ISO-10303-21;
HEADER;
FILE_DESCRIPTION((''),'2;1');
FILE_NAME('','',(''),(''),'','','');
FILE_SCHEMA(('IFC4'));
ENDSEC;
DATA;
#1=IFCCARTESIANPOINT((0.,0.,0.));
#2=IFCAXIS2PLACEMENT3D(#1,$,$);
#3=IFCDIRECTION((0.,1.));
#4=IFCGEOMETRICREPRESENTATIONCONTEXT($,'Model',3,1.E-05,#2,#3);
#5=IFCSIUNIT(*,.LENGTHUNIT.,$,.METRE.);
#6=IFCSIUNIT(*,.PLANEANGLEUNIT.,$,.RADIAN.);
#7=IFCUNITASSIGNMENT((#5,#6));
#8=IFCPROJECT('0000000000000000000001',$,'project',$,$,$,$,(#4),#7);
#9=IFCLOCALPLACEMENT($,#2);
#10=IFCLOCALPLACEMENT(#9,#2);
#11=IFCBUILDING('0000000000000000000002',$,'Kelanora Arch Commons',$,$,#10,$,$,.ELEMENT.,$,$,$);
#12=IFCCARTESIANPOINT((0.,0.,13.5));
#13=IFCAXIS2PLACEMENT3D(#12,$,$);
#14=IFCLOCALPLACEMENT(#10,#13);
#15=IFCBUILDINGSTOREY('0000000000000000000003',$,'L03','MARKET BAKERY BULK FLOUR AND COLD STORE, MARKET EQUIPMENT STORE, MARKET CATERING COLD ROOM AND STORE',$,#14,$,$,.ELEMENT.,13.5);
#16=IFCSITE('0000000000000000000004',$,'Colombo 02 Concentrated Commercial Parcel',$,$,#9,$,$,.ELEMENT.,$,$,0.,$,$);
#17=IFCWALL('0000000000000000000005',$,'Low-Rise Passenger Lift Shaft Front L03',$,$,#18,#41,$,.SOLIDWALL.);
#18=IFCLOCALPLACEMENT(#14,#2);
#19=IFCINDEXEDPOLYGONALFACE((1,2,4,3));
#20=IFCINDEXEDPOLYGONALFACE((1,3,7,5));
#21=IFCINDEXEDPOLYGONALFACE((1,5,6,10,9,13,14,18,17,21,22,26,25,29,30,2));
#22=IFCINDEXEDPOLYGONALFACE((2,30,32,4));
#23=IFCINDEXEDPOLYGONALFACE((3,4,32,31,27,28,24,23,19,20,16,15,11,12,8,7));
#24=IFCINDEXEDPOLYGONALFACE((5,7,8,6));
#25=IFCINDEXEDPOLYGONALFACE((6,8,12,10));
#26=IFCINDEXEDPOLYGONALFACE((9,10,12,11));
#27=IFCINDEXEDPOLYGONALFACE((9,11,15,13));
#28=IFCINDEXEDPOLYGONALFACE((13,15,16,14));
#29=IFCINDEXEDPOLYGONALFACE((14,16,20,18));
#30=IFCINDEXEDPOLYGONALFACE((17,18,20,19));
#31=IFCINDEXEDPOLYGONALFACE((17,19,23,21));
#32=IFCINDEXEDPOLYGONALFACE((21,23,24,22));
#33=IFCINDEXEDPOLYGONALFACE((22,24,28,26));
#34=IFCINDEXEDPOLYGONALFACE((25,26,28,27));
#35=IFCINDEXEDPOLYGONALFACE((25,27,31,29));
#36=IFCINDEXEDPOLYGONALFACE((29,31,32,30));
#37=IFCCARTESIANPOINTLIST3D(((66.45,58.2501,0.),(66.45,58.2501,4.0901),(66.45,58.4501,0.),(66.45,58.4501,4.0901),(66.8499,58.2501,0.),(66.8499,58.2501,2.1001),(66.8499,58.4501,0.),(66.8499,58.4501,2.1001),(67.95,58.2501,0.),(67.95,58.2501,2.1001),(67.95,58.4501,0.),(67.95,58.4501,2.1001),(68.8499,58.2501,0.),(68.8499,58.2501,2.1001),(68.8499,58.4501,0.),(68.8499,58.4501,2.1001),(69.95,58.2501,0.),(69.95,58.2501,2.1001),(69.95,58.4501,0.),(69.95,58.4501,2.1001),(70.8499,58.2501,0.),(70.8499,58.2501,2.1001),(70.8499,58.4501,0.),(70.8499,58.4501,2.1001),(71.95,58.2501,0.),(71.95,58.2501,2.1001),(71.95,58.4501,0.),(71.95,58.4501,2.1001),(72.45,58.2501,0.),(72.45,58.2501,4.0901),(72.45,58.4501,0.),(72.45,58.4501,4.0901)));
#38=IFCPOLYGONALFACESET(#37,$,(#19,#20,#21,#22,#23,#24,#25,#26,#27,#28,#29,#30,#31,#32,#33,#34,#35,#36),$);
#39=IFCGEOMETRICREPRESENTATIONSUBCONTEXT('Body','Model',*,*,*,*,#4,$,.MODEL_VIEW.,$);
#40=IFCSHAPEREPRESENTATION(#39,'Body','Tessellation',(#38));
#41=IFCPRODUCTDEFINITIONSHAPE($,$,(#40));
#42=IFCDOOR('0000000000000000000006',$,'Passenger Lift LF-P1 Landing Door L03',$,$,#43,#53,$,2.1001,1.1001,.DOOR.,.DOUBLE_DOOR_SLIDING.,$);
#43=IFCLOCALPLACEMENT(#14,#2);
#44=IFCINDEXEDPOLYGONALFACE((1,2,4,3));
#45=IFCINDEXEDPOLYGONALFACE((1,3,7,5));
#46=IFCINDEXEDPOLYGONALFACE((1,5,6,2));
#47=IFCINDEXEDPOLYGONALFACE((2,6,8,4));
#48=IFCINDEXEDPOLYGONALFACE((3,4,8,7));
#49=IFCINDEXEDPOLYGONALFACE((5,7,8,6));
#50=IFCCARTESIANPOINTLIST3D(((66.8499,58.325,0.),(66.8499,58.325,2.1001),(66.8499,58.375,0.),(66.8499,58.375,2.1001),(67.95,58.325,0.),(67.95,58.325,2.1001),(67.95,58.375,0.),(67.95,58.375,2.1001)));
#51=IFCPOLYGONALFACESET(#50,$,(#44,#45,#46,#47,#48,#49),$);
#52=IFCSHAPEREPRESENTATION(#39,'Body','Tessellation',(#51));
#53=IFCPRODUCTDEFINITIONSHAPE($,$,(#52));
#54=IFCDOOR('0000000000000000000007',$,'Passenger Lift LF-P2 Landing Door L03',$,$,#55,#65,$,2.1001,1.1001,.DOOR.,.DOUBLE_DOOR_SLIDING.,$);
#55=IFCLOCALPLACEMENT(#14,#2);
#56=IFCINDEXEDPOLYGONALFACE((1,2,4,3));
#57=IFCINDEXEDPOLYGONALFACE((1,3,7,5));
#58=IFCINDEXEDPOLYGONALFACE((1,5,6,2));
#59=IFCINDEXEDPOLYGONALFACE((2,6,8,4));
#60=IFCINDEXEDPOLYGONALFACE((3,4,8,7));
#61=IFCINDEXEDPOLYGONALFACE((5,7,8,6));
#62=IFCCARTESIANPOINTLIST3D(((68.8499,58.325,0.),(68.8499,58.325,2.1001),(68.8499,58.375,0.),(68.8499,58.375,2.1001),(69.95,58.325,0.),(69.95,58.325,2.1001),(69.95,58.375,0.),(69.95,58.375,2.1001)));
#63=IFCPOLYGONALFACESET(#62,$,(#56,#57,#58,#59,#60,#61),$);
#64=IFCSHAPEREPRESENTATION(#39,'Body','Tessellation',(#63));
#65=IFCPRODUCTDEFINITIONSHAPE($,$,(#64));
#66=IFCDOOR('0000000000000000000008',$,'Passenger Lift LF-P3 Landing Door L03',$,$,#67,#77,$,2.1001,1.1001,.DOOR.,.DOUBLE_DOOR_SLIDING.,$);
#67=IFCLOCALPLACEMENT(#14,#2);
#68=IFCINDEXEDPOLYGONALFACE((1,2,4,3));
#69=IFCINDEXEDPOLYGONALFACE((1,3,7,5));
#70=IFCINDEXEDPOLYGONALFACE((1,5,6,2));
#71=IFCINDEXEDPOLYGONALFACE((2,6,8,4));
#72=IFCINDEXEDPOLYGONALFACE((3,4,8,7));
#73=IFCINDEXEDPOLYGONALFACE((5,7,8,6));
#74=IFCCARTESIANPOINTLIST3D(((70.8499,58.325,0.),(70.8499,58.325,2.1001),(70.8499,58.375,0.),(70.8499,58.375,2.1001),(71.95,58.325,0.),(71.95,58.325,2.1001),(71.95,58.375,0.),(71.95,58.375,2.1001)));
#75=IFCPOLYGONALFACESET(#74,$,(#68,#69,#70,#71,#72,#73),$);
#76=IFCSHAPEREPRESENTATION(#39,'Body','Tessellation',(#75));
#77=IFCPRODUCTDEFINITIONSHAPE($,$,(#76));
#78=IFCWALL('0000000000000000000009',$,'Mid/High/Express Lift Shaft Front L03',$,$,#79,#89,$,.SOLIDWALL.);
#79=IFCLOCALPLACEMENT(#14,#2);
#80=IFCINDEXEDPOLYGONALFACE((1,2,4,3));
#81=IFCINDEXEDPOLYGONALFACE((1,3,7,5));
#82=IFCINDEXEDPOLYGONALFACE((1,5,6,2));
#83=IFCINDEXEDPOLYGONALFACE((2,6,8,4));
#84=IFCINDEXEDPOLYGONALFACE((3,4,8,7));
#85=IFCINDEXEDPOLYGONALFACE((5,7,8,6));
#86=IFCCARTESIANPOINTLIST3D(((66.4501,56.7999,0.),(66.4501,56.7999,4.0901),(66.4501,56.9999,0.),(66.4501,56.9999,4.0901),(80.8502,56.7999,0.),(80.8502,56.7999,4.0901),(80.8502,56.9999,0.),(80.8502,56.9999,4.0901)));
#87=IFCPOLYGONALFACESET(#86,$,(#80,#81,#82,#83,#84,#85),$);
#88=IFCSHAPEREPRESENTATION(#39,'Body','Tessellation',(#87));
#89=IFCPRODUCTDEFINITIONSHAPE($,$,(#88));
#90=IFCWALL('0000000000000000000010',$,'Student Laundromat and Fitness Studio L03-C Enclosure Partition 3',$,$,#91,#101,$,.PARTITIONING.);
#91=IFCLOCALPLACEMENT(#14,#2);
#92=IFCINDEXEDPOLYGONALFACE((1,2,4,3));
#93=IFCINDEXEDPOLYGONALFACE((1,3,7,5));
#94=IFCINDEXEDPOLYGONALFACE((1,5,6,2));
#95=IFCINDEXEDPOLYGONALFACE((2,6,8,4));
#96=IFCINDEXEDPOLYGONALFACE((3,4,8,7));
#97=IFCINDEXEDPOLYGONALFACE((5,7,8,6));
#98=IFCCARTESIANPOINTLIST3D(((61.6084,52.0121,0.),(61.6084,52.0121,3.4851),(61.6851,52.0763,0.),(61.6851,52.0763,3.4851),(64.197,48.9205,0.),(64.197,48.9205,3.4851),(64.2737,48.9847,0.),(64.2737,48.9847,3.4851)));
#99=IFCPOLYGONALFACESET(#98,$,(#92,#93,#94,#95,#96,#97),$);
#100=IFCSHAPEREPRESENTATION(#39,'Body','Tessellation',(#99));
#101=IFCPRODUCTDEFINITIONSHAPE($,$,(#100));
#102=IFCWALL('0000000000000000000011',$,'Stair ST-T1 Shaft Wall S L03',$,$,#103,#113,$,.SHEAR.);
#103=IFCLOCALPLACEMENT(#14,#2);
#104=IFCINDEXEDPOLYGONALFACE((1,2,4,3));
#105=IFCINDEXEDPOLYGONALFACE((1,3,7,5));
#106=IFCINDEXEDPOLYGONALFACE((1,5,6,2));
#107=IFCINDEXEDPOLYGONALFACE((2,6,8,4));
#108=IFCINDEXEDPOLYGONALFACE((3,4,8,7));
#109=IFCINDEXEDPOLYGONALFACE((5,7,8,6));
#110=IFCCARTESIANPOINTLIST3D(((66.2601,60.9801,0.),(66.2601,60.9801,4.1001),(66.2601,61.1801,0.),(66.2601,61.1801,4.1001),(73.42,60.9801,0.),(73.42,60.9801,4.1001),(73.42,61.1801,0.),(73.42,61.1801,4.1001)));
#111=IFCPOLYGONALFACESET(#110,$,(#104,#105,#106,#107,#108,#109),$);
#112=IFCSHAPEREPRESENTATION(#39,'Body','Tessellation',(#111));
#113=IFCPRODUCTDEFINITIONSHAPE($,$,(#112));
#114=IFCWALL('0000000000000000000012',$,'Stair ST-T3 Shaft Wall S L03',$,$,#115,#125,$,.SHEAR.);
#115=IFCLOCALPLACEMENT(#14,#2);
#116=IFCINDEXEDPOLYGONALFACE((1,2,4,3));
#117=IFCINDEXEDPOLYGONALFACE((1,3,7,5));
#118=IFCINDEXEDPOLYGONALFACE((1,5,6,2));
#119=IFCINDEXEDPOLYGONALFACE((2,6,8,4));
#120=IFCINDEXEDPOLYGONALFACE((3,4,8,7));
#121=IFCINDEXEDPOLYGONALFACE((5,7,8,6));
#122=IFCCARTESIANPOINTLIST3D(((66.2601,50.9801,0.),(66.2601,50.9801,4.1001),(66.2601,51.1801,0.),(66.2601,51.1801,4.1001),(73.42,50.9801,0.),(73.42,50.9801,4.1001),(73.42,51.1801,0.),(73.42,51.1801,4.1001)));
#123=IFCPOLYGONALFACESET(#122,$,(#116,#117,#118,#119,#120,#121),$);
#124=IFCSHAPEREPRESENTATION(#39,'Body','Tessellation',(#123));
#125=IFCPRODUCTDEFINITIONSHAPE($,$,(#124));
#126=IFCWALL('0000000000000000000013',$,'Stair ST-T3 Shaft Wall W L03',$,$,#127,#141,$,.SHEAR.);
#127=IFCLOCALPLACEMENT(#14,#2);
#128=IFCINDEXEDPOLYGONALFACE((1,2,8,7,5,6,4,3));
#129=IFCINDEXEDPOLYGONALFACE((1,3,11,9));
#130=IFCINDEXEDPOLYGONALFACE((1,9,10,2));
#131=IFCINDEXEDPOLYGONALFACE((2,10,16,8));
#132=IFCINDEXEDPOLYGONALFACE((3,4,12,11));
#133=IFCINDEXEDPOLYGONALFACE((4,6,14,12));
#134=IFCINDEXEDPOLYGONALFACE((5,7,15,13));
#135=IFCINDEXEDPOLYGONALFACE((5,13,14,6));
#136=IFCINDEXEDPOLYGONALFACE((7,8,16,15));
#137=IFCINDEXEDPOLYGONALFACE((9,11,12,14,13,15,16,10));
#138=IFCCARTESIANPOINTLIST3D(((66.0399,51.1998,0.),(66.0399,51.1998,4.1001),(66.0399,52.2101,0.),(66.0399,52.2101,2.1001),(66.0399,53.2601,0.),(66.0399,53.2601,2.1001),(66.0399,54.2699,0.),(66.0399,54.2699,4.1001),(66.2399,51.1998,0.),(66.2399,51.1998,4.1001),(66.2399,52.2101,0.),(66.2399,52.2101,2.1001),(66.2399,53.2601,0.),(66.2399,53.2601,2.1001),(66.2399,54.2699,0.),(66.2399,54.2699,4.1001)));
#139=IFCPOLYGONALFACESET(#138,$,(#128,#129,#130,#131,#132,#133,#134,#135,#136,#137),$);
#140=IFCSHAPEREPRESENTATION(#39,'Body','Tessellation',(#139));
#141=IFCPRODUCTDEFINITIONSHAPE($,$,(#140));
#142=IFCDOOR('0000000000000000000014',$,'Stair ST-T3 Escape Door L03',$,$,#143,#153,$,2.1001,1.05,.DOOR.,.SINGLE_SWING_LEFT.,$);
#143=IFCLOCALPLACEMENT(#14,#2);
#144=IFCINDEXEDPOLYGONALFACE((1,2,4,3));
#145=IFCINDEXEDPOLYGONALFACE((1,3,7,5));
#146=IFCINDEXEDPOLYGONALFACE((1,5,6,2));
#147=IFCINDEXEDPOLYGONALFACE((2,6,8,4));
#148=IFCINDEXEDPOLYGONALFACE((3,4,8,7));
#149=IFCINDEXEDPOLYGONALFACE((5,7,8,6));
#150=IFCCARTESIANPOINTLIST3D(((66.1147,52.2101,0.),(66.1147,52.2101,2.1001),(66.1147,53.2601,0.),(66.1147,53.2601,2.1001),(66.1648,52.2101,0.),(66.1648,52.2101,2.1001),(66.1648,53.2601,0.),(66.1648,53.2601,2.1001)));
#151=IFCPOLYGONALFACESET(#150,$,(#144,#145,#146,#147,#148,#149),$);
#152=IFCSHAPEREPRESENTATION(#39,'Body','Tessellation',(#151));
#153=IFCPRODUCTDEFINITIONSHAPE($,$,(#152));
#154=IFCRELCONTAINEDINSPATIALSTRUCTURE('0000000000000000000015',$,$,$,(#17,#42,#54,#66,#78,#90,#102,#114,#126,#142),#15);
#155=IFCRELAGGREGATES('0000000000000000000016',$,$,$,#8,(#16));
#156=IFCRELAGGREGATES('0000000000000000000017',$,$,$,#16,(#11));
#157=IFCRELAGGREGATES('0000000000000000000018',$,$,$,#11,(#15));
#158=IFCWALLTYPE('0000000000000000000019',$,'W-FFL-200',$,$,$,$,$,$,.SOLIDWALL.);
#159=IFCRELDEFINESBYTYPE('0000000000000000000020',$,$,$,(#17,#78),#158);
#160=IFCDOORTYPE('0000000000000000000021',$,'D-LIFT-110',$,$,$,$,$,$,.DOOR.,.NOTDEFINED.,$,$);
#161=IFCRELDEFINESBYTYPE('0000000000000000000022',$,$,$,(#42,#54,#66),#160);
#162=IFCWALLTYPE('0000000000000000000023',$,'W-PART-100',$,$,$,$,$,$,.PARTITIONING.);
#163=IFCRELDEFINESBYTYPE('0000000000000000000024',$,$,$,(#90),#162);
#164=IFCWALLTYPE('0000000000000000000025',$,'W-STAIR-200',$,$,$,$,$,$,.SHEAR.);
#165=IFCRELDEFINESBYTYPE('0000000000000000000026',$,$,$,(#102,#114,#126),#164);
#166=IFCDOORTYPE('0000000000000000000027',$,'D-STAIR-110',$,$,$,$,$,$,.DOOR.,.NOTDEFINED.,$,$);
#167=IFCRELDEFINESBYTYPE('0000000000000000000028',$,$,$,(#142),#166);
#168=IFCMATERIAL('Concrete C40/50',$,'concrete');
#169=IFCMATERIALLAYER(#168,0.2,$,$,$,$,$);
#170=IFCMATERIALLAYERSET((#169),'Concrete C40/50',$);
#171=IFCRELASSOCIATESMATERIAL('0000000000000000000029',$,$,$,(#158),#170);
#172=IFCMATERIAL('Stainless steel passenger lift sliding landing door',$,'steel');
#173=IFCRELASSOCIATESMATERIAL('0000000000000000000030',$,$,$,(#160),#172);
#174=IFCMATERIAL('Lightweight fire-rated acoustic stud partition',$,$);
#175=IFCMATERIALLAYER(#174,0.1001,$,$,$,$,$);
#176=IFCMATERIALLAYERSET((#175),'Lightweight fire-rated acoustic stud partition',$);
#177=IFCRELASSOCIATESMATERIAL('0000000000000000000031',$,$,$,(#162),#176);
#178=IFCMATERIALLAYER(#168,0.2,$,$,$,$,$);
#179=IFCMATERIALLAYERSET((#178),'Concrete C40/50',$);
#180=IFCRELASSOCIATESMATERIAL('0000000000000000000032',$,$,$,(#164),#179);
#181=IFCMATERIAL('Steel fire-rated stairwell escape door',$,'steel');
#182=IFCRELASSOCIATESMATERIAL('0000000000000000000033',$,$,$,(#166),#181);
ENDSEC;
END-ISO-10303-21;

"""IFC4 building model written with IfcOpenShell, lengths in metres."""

from ifc_helpers import new_model, si_unit, direction, frame, frame_2d, origin, place, context, subcontext, project, spatial, rectangle, extrude, material, layer, layer_set, type_object, element, fill, save


model = new_model("IFC4")

# Units and contexts
model_context = context("Model", 3, precision=1e-05, world=origin(), true_north=direction((0.0, 1.0)))
body_context = subcontext(model_context, "Body", "Model", "MODEL_VIEW")
ifc_project = project(units=[si_unit("LENGTHUNIT", "METRE"), si_unit("PLANEANGLEUNIT", "RADIAN")], contexts=[model_context])

# Site, building, storey
site_placement = place(None, origin())
site = spatial("IfcSite", under=ifc_project, at=site_placement, Name="Colombo 02 Concentrated Commercial Parcel", CompositionType="ELEMENT", RefElevation=0.0)
building_placement = place(site_placement, origin())
building = spatial("IfcBuilding", under=site, at=building_placement, Name="Kelanora Arch Commons", CompositionType="ELEMENT")
storey_placement = place(building_placement, frame((0.0, 0.0, 13.5)))
storey = spatial("IfcBuildingStorey", under=building, at=storey_placement, Name="L03", Description="MARKET BAKERY BULK FLOUR AND COLD STORE, MARKET EQUIPMENT STORE, MARKET CATERING COLD ROOM AND STORE", CompositionType="ELEMENT", Elevation=13.5)

# Wall, openings, doors
ifc_material_1 = material(Name="Concrete C40/50", Category="concrete")
ifc_layer_1 = layer(ifc_material_1, 0.2)
ifc_layer_set_1 = layer_set([ifc_layer_1], Name="Concrete C40/50")
wall_type_1 = type_object("IfcWallType", Name="W-FFL-200", PredefinedType="SOLIDWALL", material=ifc_layer_set_1)
wall_1_placement = place(storey_placement, frame((66.45, 58.3501, 0.0), z_axis=(0.0, 0.0, 1.0), x_axis=(1.0, 0.0, 0.0)))
wall_1 = element("IfcWall", 1, at=wall_1_placement, inside=storey, type_object=wall_type_1, Name="Low-Rise Passenger Lift Shaft Front L03", PredefinedType="SOLIDWALL", context=body_context, shape_type="SweptSolid", body=[
    extrude(rectangle(XDim=6.0, YDim=0.2, at=frame_2d((3.0, 0.0))), origin(), (0.0, 0.0, 1.0), 4.0901),
])
opening_1_placement = place(wall_1_placement, frame((0.3999, 0.0, 0.0)))
opening_1 = element("IfcOpeningElement", 2, at=opening_1_placement, cuts=wall_1, PredefinedType="OPENING", context=body_context, shape_type="SweptSolid", body=[
    extrude(rectangle(XDim=1.1001, YDim=2.1001, at=frame_2d((0.55, 1.05))), frame((0.0, 0.1099, 0.0), z_axis=(0.0, -1.0, 0.0), x_axis=(1.0, 0.0, 0.0)), (0.0, 0.0, 1.0), 0.22),
])
opening_2_placement = place(wall_1_placement, frame((2.3999, 0.0, 0.0)))
opening_2 = element("IfcOpeningElement", 3, at=opening_2_placement, cuts=wall_1, PredefinedType="OPENING", context=body_context, shape_type="SweptSolid", body=[
    extrude(rectangle(XDim=1.1001, YDim=2.1001, at=frame_2d((0.55, 1.05))), frame((0.0, 0.1099, 0.0), z_axis=(0.0, -1.0, 0.0), x_axis=(1.0, 0.0, 0.0)), (0.0, 0.0, 1.0), 0.22),
])
opening_3_placement = place(wall_1_placement, frame((4.3999, 0.0, 0.0)))
opening_3 = element("IfcOpeningElement", 4, at=opening_3_placement, cuts=wall_1, PredefinedType="OPENING", context=body_context, shape_type="SweptSolid", body=[
    extrude(rectangle(XDim=1.1001, YDim=2.1001, at=frame_2d((0.55, 1.05))), frame((0.0, 0.1099, 0.0), z_axis=(0.0, -1.0, 0.0), x_axis=(1.0, 0.0, 0.0)), (0.0, 0.0, 1.0), 0.22),
])
ifc_material_2 = material(Name="Stainless steel passenger lift sliding landing door", Category="steel")
door_type_1 = type_object("IfcDoorType", Name="D-LIFT-110", OperationType="NOTDEFINED", PredefinedType="DOOR", material=ifc_material_2)
door_1_placement = place(opening_1_placement, origin())
door_1 = element("IfcDoor", 5, at=door_1_placement, inside=storey, type_object=door_type_1, Name="Passenger Lift LF-P1 Landing Door L03", OperationType="DOUBLE_DOOR_SLIDING", OverallHeight=2.1001, OverallWidth=1.1001, PredefinedType="DOOR", context=body_context, shape_type="SweptSolid", body=[
    extrude(rectangle(XDim=1.1001, YDim=2.1001, at=frame_2d((0.55, 1.05))), frame((0.0, 0.0249, 0.0), z_axis=(0.0, -1.0, 0.0), x_axis=(1.0, 0.0, 0.0)), (0.0, 0.0, 1.0), 0.05),
])
fill(opening_1, door_1)
door_2_placement = place(opening_2_placement, origin())
door_2 = element("IfcDoor", 6, at=door_2_placement, inside=storey, type_object=door_type_1, Name="Passenger Lift LF-P2 Landing Door L03", OperationType="DOUBLE_DOOR_SLIDING", OverallHeight=2.1001, OverallWidth=1.1001, PredefinedType="DOOR", context=body_context, shape_type="SweptSolid", body=[
    extrude(rectangle(XDim=1.1001, YDim=2.1001, at=frame_2d((0.55, 1.05))), frame((0.0, 0.0249, 0.0), z_axis=(0.0, -1.0, 0.0), x_axis=(1.0, 0.0, 0.0)), (0.0, 0.0, 1.0), 0.05),
])
fill(opening_2, door_2)
door_3_placement = place(opening_3_placement, origin())
door_3 = element("IfcDoor", 7, at=door_3_placement, inside=storey, type_object=door_type_1, Name="Passenger Lift LF-P3 Landing Door L03", OperationType="DOUBLE_DOOR_SLIDING", OverallHeight=2.1001, OverallWidth=1.1001, PredefinedType="DOOR", context=body_context, shape_type="SweptSolid", body=[
    extrude(rectangle(XDim=1.1001, YDim=2.1001, at=frame_2d((0.55, 1.05))), frame((0.0, 0.0249, 0.0), z_axis=(0.0, -1.0, 0.0), x_axis=(1.0, 0.0, 0.0)), (0.0, 0.0, 1.0), 0.05),
])
fill(opening_3, door_3)

# Walls
wall_2_placement = place(storey_placement, frame((66.45, 56.8999, 0.0), z_axis=(0.0, 0.0, 1.0), x_axis=(1.0, 0.0, 0.0)))
element("IfcWall", 8, at=wall_2_placement, inside=storey, type_object=wall_type_1, Name="Mid/High/Express Lift Shaft Front L03", PredefinedType="SOLIDWALL", context=body_context, shape_type="SweptSolid", body=[
    extrude(rectangle(XDim=14.4001, YDim=0.2, at=frame_2d((7.2002, 0.0))), origin(), (0.0, 0.0, 1.0), 4.0901),
])
ifc_material_3 = material(Name="Lightweight fire-rated acoustic stud partition")
ifc_layer_2 = layer(ifc_material_3, 0.1001)
ifc_layer_set_2 = layer_set([ifc_layer_2], Name="Lightweight fire-rated acoustic stud partition")
wall_type_2 = type_object("IfcWallType", Name="W-PART-100", PredefinedType="PARTITIONING", material=ifc_layer_set_2)
wall_3_placement = place(storey_placement, frame((61.6467, 52.0442, 0.0), z_axis=(0.0, 0.0, 1.0), x_axis=(0.641987, -0.766715, 0.0)))
element("IfcWall", 9, at=wall_3_placement, inside=storey, type_object=wall_type_2, Name="Student Laundromat and Fitness Studio L03-C Enclosure Partition 3", PredefinedType="PARTITIONING", context=body_context, shape_type="SweptSolid", body=[
    extrude(rectangle(XDim=4.0322, YDim=0.1001, at=frame_2d((2.0161, 0.0))), origin(), (0.0, 0.0, 1.0), 3.4851),
])
ifc_layer_3 = layer(ifc_material_1, 0.2)
ifc_layer_set_3 = layer_set([ifc_layer_3], Name="Concrete C40/50")
wall_type_3 = type_object("IfcWallType", Name="W-STAIR-200", PredefinedType="SHEAR", material=ifc_layer_set_3)
for number, where, z_axis, x_axis, name in (
    (10, (66.26, 61.0801, 0.0), (0.0, 0.0, 1.0), (1.0, 0.0, 0.0), "Stair ST-T1 Shaft Wall S L03"),
    (11, (66.26, 51.0801, 0.0), (0.0, 0.0, 1.0), (1.0, 0.0, 0.0), "Stair ST-T3 Shaft Wall S L03"),
):
    element("IfcWall", number, at=place(storey_placement, frame(where, z_axis=z_axis, x_axis=x_axis)), inside=storey, type_object=wall_type_3, Name=name, PredefinedType="SHEAR", context=body_context, shape_type="SweptSolid", body=[
        extrude(rectangle(XDim=7.1599, YDim=0.2, at=frame_2d((3.5801, 0.0))), origin(), (0.0, 0.0, 1.0), 4.1001),
    ])

# Wall, opening, door
wall_4_placement = place(storey_placement, frame((66.1399, 54.27, 0.0), z_axis=(0.0, 0.0, 1.0), x_axis=(0.0, -1.0, 0.0)))
wall_4 = element("IfcWall", 12, at=wall_4_placement, inside=storey, type_object=wall_type_3, Name="Stair ST-T3 Shaft Wall W L03", PredefinedType="SHEAR", context=body_context, shape_type="SweptSolid", body=[
    extrude(rectangle(XDim=3.0701, YDim=0.2, at=frame_2d((1.5352, 0.0))), origin(), (0.0, 0.0, 1.0), 4.1001),
])
opening_4_placement = place(wall_4_placement, frame((1.01, 0.0, 0.0)))
opening_4 = element("IfcOpeningElement", 13, at=opening_4_placement, cuts=wall_4, PredefinedType="OPENING", context=body_context, shape_type="SweptSolid", body=[
    extrude(rectangle(XDim=1.05, YDim=2.1001, at=frame_2d((0.5249, 1.05))), frame((0.0, 0.1099, 0.0), z_axis=(0.0, -1.0, 0.0), x_axis=(1.0, 0.0, 0.0)), (0.0, 0.0, 1.0), 0.22),
])
ifc_material_4 = material(Name="Steel fire-rated stairwell escape door", Category="steel")
door_type_2 = type_object("IfcDoorType", Name="D-STAIR-110", OperationType="NOTDEFINED", PredefinedType="DOOR", material=ifc_material_4)
door_4_placement = place(opening_4_placement, origin())
door_4 = element("IfcDoor", 14, at=door_4_placement, inside=storey, type_object=door_type_2, Name="Stair ST-T3 Escape Door L03", OperationType="SINGLE_SWING_LEFT", OverallHeight=2.1001, OverallWidth=1.05, PredefinedType="DOOR", context=body_context, shape_type="SweptSolid", body=[
    extrude(rectangle(XDim=1.05, YDim=2.1001, at=frame_2d((0.5249, 1.05))), frame((0.0, 0.0249, 0.0), z_axis=(0.0, -1.0, 0.0), x_axis=(1.0, 0.0, 0.0)), (0.0, 0.0, 1.0), 0.05),
])
fill(opening_4, door_4)

save(model, "model.ifc")
